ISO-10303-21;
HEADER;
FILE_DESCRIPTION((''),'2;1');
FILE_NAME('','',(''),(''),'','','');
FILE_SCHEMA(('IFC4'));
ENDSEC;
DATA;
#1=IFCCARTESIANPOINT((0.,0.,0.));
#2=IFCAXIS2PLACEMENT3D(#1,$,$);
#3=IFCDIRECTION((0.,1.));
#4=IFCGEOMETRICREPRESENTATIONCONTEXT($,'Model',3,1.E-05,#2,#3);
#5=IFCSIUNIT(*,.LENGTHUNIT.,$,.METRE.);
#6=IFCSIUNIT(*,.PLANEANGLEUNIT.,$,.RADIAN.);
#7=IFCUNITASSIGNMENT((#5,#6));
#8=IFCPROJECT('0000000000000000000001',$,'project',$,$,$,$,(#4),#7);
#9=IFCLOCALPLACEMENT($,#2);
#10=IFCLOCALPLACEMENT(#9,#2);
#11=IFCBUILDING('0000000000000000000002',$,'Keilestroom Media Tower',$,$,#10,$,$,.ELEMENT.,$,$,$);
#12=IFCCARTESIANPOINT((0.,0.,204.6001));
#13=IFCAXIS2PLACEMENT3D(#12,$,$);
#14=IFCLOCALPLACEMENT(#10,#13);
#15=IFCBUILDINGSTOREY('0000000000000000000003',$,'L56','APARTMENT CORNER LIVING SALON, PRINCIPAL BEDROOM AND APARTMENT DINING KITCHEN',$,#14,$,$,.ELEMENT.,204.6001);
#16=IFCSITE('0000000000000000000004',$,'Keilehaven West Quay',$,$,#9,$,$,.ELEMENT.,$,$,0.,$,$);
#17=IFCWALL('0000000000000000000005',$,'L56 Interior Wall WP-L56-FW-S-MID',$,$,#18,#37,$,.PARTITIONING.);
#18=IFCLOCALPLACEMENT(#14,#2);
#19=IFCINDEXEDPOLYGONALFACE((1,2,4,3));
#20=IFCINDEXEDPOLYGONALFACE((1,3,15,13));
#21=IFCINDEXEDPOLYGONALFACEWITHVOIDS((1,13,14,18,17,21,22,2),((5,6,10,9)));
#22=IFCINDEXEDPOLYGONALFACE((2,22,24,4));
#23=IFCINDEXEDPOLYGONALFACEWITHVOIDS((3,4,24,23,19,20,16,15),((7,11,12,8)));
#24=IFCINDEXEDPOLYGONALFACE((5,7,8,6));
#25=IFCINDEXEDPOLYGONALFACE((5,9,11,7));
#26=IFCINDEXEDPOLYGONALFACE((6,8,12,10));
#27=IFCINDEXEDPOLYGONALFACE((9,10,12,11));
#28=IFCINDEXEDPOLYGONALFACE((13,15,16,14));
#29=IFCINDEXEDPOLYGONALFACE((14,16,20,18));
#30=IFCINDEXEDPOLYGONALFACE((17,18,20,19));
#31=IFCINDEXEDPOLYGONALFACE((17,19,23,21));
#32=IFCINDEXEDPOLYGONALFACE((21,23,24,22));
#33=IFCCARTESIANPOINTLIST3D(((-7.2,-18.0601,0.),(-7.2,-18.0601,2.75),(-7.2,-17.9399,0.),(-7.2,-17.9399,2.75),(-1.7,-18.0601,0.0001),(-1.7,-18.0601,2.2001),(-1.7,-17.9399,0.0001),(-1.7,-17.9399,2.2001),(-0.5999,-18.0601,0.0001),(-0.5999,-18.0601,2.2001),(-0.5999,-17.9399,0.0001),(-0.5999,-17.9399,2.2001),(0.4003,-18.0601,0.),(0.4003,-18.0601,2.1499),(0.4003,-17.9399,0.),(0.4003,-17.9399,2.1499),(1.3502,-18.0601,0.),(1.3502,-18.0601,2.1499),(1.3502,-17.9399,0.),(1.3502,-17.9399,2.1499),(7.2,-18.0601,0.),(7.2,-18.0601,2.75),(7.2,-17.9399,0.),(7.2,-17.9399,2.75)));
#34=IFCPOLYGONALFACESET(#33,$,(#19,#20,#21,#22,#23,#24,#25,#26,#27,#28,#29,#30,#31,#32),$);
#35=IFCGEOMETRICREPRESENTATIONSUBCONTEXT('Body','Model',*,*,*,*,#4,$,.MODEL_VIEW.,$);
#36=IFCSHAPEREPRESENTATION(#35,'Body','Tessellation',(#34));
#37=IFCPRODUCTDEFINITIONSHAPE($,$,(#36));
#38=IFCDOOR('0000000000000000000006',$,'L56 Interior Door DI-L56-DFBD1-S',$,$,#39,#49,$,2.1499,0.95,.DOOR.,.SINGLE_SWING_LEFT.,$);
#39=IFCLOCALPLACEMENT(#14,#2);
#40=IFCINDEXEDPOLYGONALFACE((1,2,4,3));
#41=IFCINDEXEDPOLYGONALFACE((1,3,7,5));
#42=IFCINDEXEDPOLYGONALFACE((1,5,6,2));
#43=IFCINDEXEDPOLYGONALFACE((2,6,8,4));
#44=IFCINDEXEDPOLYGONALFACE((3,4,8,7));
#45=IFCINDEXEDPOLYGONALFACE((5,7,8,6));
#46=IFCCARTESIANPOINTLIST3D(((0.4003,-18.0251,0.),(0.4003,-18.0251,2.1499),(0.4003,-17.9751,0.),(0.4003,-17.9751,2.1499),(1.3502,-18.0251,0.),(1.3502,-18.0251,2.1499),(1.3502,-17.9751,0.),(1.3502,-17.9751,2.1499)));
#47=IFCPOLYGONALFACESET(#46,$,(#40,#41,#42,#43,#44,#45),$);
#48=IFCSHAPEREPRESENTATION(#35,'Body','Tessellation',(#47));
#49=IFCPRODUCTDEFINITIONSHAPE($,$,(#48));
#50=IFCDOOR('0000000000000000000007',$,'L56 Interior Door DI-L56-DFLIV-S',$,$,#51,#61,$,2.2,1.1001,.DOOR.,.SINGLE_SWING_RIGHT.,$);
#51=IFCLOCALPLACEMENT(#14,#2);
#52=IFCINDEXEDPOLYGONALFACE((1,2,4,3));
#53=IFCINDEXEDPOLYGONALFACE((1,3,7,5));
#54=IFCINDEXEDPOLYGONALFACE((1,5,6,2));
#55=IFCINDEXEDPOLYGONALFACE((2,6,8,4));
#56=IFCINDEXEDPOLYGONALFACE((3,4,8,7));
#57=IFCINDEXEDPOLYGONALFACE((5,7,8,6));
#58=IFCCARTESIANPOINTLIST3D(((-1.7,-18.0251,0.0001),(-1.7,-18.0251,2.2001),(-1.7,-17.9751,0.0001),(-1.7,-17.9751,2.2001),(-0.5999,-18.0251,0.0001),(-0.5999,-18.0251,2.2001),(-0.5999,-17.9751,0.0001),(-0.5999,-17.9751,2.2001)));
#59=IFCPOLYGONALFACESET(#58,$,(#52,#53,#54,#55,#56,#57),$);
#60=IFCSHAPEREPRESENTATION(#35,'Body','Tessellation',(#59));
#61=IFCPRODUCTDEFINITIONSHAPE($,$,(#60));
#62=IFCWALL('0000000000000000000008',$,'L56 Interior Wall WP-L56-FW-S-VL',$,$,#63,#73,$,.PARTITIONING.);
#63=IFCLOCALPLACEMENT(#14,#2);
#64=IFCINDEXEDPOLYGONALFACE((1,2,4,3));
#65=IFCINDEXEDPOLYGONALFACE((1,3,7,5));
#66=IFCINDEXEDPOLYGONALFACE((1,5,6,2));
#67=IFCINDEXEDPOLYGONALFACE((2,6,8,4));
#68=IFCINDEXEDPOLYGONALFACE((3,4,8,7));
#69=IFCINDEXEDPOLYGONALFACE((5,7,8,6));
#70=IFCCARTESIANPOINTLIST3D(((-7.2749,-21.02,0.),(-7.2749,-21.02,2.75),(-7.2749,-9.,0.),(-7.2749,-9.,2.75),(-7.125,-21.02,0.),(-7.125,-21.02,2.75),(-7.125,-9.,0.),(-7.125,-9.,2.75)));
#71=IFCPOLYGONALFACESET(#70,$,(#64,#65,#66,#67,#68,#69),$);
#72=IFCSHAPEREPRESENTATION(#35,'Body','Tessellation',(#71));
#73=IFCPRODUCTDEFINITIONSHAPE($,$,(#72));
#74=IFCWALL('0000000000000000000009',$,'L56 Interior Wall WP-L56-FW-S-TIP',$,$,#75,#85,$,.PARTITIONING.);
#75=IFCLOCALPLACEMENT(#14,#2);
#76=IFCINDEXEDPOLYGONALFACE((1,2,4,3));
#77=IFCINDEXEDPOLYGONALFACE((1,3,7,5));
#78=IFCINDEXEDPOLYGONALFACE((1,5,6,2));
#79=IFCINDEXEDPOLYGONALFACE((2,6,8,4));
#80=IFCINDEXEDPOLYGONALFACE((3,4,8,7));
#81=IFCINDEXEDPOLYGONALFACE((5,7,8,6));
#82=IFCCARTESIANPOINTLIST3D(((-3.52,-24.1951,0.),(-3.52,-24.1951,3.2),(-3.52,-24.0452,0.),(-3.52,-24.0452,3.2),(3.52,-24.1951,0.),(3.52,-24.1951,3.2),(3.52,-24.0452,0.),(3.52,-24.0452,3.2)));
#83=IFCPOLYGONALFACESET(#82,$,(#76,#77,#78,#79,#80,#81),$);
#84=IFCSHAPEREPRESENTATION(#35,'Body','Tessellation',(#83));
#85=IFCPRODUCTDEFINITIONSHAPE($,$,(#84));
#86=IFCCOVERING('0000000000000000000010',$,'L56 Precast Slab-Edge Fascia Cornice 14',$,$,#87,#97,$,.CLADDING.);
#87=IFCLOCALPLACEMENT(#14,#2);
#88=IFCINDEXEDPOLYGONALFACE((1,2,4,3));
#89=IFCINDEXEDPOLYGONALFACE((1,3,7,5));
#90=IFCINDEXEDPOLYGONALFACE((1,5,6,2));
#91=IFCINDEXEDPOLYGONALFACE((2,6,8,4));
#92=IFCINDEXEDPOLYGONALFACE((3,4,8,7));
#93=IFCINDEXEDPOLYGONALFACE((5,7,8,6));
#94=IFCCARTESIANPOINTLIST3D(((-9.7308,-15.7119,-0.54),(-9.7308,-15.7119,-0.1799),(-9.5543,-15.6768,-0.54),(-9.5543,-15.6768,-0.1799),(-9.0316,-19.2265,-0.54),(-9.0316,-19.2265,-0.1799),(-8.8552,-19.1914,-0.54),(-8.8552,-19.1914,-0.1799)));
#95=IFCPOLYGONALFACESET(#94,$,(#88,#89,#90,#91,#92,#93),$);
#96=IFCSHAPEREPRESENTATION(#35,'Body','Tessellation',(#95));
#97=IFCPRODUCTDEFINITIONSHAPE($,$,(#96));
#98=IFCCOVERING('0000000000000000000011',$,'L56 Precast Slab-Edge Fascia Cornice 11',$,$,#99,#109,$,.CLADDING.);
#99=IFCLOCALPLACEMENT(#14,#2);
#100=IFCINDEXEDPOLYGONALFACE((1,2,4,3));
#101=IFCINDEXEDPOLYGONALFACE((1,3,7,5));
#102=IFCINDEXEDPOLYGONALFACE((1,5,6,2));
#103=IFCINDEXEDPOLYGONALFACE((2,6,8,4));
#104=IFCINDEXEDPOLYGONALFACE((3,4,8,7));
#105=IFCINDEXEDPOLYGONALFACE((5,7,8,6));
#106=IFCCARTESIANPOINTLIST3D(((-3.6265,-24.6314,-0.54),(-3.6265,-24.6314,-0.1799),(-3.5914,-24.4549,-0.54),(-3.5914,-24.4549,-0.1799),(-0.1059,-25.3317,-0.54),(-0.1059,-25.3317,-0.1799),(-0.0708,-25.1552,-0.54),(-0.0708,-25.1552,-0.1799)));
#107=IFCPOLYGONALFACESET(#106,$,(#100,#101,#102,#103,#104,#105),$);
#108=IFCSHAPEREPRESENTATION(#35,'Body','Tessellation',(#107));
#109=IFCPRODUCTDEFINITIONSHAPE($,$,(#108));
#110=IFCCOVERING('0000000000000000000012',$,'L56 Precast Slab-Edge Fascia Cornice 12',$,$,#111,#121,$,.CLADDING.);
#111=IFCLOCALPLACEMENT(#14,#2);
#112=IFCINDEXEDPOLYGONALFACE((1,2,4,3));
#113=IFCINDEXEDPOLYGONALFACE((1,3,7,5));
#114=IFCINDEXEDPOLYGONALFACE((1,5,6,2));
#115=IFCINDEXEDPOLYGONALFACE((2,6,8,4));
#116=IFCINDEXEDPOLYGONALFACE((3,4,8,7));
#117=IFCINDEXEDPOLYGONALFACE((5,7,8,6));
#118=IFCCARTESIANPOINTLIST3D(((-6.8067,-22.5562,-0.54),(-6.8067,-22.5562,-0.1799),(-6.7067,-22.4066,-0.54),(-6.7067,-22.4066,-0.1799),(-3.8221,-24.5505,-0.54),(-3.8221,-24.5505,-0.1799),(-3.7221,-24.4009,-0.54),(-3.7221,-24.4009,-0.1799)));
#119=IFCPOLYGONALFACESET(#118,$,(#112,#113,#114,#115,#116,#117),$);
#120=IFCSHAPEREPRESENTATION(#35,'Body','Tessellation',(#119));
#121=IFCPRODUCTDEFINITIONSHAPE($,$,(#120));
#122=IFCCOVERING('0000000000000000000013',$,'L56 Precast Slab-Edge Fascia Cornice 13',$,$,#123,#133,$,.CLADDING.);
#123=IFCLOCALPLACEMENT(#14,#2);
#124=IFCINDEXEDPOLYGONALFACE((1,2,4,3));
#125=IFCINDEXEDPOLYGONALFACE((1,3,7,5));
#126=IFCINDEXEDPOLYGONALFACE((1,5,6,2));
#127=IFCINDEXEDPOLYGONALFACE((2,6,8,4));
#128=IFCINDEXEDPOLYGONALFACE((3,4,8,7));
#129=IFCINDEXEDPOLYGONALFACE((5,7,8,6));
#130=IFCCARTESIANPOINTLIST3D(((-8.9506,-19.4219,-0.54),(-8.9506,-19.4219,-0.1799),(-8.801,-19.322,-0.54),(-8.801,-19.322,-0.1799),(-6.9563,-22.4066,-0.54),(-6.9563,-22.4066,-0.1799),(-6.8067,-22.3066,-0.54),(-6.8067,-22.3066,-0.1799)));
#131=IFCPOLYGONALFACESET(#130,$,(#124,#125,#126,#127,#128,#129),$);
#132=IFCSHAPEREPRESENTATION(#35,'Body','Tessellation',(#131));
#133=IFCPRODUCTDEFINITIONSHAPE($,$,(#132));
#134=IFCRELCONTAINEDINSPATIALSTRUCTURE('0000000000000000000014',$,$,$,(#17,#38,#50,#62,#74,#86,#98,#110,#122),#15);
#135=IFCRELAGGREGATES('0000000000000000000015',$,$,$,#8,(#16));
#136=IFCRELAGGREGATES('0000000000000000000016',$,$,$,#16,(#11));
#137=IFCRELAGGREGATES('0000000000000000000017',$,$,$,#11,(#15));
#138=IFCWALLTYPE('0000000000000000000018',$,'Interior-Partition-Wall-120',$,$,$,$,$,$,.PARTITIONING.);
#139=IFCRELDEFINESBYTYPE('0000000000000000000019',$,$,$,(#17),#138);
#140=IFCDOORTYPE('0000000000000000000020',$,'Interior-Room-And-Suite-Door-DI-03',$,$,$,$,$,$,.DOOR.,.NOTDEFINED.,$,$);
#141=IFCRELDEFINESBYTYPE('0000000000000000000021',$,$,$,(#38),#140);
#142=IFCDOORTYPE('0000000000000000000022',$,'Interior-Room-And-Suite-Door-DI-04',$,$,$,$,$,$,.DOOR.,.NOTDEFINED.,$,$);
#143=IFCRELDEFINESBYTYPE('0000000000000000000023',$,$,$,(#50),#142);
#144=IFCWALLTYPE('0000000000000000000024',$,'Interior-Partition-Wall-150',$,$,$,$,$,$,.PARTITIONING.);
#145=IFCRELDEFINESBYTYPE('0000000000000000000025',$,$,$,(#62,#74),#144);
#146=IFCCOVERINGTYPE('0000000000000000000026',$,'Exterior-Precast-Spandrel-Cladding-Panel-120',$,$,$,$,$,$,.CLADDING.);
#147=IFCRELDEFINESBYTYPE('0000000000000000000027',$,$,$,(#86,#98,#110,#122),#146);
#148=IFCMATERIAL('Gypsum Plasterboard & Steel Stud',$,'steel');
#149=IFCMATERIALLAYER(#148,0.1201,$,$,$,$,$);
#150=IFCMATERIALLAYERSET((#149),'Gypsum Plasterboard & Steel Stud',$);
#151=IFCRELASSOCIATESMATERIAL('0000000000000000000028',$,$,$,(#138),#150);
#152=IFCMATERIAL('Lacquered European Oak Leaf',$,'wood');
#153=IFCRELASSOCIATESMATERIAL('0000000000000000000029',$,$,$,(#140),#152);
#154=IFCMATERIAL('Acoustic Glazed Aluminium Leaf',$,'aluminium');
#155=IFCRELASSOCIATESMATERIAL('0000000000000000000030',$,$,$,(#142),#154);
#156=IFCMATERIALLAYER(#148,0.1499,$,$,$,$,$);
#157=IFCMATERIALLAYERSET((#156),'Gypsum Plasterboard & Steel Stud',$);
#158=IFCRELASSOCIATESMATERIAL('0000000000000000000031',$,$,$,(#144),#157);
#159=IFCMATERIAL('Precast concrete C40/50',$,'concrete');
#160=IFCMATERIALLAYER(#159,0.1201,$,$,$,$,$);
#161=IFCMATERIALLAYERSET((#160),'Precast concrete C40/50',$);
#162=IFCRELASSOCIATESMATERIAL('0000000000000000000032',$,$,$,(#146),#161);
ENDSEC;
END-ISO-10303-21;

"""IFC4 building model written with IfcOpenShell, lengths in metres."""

from ifc_helpers import new_model, si_unit, direction, frame, frame_2d, origin, origin_2d, place, context, subcontext, project, spatial, rectangle, extrude, source, transform, mapped, material, layer, layer_set, type_object, element, fill, save


model = new_model("IFC4")

# Units and contexts
model_context = context("Model", 3, precision=1e-05, world=origin(), true_north=direction((0.0, 1.0)))
body_context = subcontext(model_context, "Body", "Model", "MODEL_VIEW")
ifc_project = project(units=[si_unit("LENGTHUNIT", "METRE"), si_unit("PLANEANGLEUNIT", "RADIAN")], contexts=[model_context])

# Site, building, storey
site_placement = place(None, origin())
site = spatial("IfcSite", under=ifc_project, at=site_placement, Name="Keilehaven West Quay", CompositionType="ELEMENT", RefElevation=0.0)
building_placement = place(site_placement, origin())
building = spatial("IfcBuilding", under=site, at=building_placement, Name="Keilestroom Media Tower", CompositionType="ELEMENT")
storey_placement = place(building_placement, frame((0.0, 0.0, 204.6001)))
storey = spatial("IfcBuildingStorey", under=building, at=storey_placement, Name="L56", Description="APARTMENT CORNER LIVING SALON, PRINCIPAL BEDROOM AND APARTMENT DINING KITCHEN", CompositionType="ELEMENT", Elevation=204.6001)

# Shared definitions
ifc_material_1 = material(Name="Precast concrete C40/50", Category="concrete")

# Wall, openings, doors
ifc_material_2 = material(Name="Gypsum Plasterboard & Steel Stud", Category="steel")
ifc_layer_1 = layer(ifc_material_2, 0.1201)
ifc_layer_set_1 = layer_set([ifc_layer_1], Name="Gypsum Plasterboard & Steel Stud")
wall_type_1 = type_object("IfcWallType", Name="Interior-Partition-Wall-120", PredefinedType="PARTITIONING", material=ifc_layer_set_1)
ifc_material_3 = material(Name="Lacquered European Oak Leaf", Category="wood")
door_type_1 = type_object("IfcDoorType", Name="Interior-Room-And-Suite-Door-DI-03", OperationType="NOTDEFINED", PredefinedType="DOOR", material=ifc_material_3)
shared_shape_1 = source(origin(), body_context, "Body", "SweptSolid", [
    extrude(rectangle(XDim=0.95, YDim=2.1499, at=frame_2d((0.4751, 1.075))), frame((0.0, 0.0249, 0.0), z_axis=(0.0, -1.0, 0.0), x_axis=(1.0, 0.0, 0.0)), (0.0, 0.0, 1.0), 0.05),
])
wall_1_placement = place(storey_placement, frame((-7.2, -18.0, 0.0), z_axis=(0.0, 0.0, 1.0), x_axis=(1.0, 0.0, 0.0)))
wall_1 = element("IfcWall", 1, at=wall_1_placement, inside=storey, type_object=wall_type_1, Name="L56 Interior Wall WP-L56-FW-S-MID", PredefinedType="PARTITIONING", context=body_context, shape_type="SweptSolid", body=[
    extrude(rectangle(XDim=14.3999, YDim=0.1201, at=frame_2d((7.2, 0.0))), origin(), (0.0, 0.0, 1.0), 2.75),
])
opening_1_placement = place(wall_1_placement, frame((5.5, 0.0, 0.0)))
opening_1 = element("IfcOpeningElement", 2, at=opening_1_placement, cuts=wall_1, PredefinedType="OPENING", context=body_context, shape_type="SweptSolid", body=[
    extrude(rectangle(XDim=1.1001, YDim=2.2, at=frame_2d((0.55, 1.1001))), frame((0.0, 0.0701, 0.0), z_axis=(0.0, -1.0, 0.0), x_axis=(1.0, 0.0, 0.0)), (0.0, 0.0, 1.0), 0.1401),
])
opening_2_placement = place(wall_1_placement, frame((7.6001, 0.0, 0.0)))
opening_2 = element("IfcOpeningElement", 3, at=opening_2_placement, cuts=wall_1, PredefinedType="OPENING", context=body_context, shape_type="SweptSolid", body=[
    extrude(rectangle(XDim=0.95, YDim=2.1499, at=frame_2d((0.4751, 1.075))), frame((0.0, 0.0701, 0.0), z_axis=(0.0, -1.0, 0.0), x_axis=(1.0, 0.0, 0.0)), (0.0, 0.0, 1.0), 0.1401),
])
door_1_placement = place(opening_2_placement, origin())
door_1 = element("IfcDoor", 4, at=door_1_placement, inside=storey, type_object=door_type_1, Name="L56 Interior Door DI-L56-DFBD1-S", OperationType="SINGLE_SWING_LEFT", OverallHeight=2.1499, OverallWidth=0.95, PredefinedType="DOOR", context=body_context, shape_type="MappedRepresentation", body=[
    mapped(shared_shape_1, transform((0.0, 0.0, 0.0), x_axis=(1.0, 0.0, 0.0), y_axis=(0.0, 1.0, 0.0), z_axis=(0.0, 0.0, 1.0), scale=1.0)),
])
fill(opening_2, door_1)
ifc_material_4 = material(Name="Acoustic Glazed Aluminium Leaf", Category="aluminium")
door_type_2 = type_object("IfcDoorType", Name="Interior-Room-And-Suite-Door-DI-04", OperationType="NOTDEFINED", PredefinedType="DOOR", material=ifc_material_4)
shared_shape_2 = source(origin(), body_context, "Body", "SweptSolid", [
    extrude(rectangle(XDim=1.1001, YDim=2.2, at=frame_2d((0.55, 1.1001))), frame((0.0, 0.0249, 0.0), z_axis=(0.0, -1.0, 0.0), x_axis=(1.0, 0.0, 0.0)), (0.0, 0.0, 1.0), 0.05),
])
door_2_placement = place(opening_1_placement, origin())
door_2 = element("IfcDoor", 5, at=door_2_placement, inside=storey, type_object=door_type_2, Name="L56 Interior Door DI-L56-DFLIV-S", OperationType="SINGLE_SWING_RIGHT", OverallHeight=2.2, OverallWidth=1.1001, PredefinedType="DOOR", context=body_context, shape_type="MappedRepresentation", body=[
    mapped(shared_shape_2, transform((0.0, 0.0, 0.0), x_axis=(1.0, 0.0, 0.0), y_axis=(0.0, 1.0, 0.0), z_axis=(0.0, 0.0, 1.0), scale=1.0)),
])
fill(opening_1, door_2)

# Walls
ifc_layer_2 = layer(ifc_material_2, 0.1499)
ifc_layer_set_2 = layer_set([ifc_layer_2], Name="Gypsum Plasterboard & Steel Stud")
wall_type_2 = type_object("IfcWallType", Name="Interior-Partition-Wall-150", PredefinedType="PARTITIONING", material=ifc_layer_set_2)
wall_2_placement = place(storey_placement, frame((-7.2, -21.02, 0.0), z_axis=(0.0, 0.0, 1.0), x_axis=(0.0, 1.0, 0.0)))
element("IfcWall", 6, at=wall_2_placement, inside=storey, type_object=wall_type_2, Name="L56 Interior Wall WP-L56-FW-S-VL", PredefinedType="PARTITIONING", context=body_context, shape_type="SweptSolid", body=[
    extrude(rectangle(XDim=12.02, YDim=0.1499, at=frame_2d((6.01, 0.0))), origin(), (0.0, 0.0, 1.0), 2.75),
])
wall_3_placement = place(storey_placement, frame((-3.52, -24.1201, 0.0), z_axis=(0.0, 0.0, 1.0), x_axis=(1.0, 0.0, 0.0)))
element("IfcWall", 7, at=wall_3_placement, inside=storey, type_object=wall_type_2, Name="L56 Interior Wall WP-L56-FW-S-TIP", PredefinedType="PARTITIONING", context=body_context, shape_type="SweptSolid", body=[
    extrude(rectangle(XDim=7.04, YDim=0.1499, at=frame_2d((3.52, 0.0))), origin(), (0.0, 0.0, 1.0), 3.2),
])

# Coverings
ifc_layer_3 = layer(ifc_material_1, 0.1201)
ifc_layer_set_3 = layer_set([ifc_layer_3], Name="Precast concrete C40/50")
covering_type = type_object("IfcCoveringType", Name="Exterior-Precast-Spandrel-Cladding-Panel-120", PredefinedType="CLADDING", material=ifc_layer_set_3)
shared_shape_3 = source(origin(), body_context, "Body", "SweptSolid", [
    extrude(rectangle(XDim=3.5835, YDim=0.1799, at=origin_2d()), origin(), (0.0, 0.0, 1.0), 0.3601),
])
covering_placement = place(storey_placement, frame((-9.293, -17.4517, -0.54), z_axis=(0.0, 0.0, 1.0), x_axis=(-0.195099, 0.980784, 0.0)))
element("IfcCovering", 8, at=covering_placement, inside=storey, type_object=covering_type, Name="L56 Precast Slab-Edge Fascia Cornice 14", PredefinedType="CLADDING", context=body_context, shape_type="MappedRepresentation", body=[
    mapped(shared_shape_3, transform((0.0, 0.0, 0.0), x_axis=(1.0, 0.0, 0.0), y_axis=(0.0, 1.0, 0.0), z_axis=(0.0, 0.0, 1.0), scale=1.0)),
])
shared_shape_4 = source(origin(), body_context, "Body", "SweptSolid", [
    extrude(rectangle(XDim=3.5896, YDim=0.1799, at=origin_2d()), origin(), (0.0, 0.0, 1.0), 0.3601),
])
for number, where, z_axis, x_axis, name in (
    (9, (-1.8486, -24.8933, -0.54), (0.0, 0.0, 1.0), (-0.980784, 0.195099, 0.0), "L56 Precast Slab-Edge Fascia Cornice 11"),
    (10, (-5.2644, -23.4785, -0.54), (0.0, 0.0, 1.0), (-0.831467, 0.555575, 0.0), "L56 Precast Slab-Edge Fascia Cornice 12"),
    (11, (-7.8787, -20.8643, -0.54), (0.0, 0.0, 1.0), (-0.555575, 0.831467, 0.0), "L56 Precast Slab-Edge Fascia Cornice 13"),
):
    element("IfcCovering", number, at=place(storey_placement, frame(where, z_axis=z_axis, x_axis=x_axis)), inside=storey, type_object=covering_type, Name=name, PredefinedType="CLADDING", context=body_context, shape_type="MappedRepresentation", body=[
        mapped(shared_shape_4, transform((0.0, 0.0, 0.0), x_axis=(1.0, 0.0, 0.0), y_axis=(0.0, 1.0, 0.0), z_axis=(0.0, 0.0, 1.0), scale=1.0)),
    ])

save(model, "model.ifc")
